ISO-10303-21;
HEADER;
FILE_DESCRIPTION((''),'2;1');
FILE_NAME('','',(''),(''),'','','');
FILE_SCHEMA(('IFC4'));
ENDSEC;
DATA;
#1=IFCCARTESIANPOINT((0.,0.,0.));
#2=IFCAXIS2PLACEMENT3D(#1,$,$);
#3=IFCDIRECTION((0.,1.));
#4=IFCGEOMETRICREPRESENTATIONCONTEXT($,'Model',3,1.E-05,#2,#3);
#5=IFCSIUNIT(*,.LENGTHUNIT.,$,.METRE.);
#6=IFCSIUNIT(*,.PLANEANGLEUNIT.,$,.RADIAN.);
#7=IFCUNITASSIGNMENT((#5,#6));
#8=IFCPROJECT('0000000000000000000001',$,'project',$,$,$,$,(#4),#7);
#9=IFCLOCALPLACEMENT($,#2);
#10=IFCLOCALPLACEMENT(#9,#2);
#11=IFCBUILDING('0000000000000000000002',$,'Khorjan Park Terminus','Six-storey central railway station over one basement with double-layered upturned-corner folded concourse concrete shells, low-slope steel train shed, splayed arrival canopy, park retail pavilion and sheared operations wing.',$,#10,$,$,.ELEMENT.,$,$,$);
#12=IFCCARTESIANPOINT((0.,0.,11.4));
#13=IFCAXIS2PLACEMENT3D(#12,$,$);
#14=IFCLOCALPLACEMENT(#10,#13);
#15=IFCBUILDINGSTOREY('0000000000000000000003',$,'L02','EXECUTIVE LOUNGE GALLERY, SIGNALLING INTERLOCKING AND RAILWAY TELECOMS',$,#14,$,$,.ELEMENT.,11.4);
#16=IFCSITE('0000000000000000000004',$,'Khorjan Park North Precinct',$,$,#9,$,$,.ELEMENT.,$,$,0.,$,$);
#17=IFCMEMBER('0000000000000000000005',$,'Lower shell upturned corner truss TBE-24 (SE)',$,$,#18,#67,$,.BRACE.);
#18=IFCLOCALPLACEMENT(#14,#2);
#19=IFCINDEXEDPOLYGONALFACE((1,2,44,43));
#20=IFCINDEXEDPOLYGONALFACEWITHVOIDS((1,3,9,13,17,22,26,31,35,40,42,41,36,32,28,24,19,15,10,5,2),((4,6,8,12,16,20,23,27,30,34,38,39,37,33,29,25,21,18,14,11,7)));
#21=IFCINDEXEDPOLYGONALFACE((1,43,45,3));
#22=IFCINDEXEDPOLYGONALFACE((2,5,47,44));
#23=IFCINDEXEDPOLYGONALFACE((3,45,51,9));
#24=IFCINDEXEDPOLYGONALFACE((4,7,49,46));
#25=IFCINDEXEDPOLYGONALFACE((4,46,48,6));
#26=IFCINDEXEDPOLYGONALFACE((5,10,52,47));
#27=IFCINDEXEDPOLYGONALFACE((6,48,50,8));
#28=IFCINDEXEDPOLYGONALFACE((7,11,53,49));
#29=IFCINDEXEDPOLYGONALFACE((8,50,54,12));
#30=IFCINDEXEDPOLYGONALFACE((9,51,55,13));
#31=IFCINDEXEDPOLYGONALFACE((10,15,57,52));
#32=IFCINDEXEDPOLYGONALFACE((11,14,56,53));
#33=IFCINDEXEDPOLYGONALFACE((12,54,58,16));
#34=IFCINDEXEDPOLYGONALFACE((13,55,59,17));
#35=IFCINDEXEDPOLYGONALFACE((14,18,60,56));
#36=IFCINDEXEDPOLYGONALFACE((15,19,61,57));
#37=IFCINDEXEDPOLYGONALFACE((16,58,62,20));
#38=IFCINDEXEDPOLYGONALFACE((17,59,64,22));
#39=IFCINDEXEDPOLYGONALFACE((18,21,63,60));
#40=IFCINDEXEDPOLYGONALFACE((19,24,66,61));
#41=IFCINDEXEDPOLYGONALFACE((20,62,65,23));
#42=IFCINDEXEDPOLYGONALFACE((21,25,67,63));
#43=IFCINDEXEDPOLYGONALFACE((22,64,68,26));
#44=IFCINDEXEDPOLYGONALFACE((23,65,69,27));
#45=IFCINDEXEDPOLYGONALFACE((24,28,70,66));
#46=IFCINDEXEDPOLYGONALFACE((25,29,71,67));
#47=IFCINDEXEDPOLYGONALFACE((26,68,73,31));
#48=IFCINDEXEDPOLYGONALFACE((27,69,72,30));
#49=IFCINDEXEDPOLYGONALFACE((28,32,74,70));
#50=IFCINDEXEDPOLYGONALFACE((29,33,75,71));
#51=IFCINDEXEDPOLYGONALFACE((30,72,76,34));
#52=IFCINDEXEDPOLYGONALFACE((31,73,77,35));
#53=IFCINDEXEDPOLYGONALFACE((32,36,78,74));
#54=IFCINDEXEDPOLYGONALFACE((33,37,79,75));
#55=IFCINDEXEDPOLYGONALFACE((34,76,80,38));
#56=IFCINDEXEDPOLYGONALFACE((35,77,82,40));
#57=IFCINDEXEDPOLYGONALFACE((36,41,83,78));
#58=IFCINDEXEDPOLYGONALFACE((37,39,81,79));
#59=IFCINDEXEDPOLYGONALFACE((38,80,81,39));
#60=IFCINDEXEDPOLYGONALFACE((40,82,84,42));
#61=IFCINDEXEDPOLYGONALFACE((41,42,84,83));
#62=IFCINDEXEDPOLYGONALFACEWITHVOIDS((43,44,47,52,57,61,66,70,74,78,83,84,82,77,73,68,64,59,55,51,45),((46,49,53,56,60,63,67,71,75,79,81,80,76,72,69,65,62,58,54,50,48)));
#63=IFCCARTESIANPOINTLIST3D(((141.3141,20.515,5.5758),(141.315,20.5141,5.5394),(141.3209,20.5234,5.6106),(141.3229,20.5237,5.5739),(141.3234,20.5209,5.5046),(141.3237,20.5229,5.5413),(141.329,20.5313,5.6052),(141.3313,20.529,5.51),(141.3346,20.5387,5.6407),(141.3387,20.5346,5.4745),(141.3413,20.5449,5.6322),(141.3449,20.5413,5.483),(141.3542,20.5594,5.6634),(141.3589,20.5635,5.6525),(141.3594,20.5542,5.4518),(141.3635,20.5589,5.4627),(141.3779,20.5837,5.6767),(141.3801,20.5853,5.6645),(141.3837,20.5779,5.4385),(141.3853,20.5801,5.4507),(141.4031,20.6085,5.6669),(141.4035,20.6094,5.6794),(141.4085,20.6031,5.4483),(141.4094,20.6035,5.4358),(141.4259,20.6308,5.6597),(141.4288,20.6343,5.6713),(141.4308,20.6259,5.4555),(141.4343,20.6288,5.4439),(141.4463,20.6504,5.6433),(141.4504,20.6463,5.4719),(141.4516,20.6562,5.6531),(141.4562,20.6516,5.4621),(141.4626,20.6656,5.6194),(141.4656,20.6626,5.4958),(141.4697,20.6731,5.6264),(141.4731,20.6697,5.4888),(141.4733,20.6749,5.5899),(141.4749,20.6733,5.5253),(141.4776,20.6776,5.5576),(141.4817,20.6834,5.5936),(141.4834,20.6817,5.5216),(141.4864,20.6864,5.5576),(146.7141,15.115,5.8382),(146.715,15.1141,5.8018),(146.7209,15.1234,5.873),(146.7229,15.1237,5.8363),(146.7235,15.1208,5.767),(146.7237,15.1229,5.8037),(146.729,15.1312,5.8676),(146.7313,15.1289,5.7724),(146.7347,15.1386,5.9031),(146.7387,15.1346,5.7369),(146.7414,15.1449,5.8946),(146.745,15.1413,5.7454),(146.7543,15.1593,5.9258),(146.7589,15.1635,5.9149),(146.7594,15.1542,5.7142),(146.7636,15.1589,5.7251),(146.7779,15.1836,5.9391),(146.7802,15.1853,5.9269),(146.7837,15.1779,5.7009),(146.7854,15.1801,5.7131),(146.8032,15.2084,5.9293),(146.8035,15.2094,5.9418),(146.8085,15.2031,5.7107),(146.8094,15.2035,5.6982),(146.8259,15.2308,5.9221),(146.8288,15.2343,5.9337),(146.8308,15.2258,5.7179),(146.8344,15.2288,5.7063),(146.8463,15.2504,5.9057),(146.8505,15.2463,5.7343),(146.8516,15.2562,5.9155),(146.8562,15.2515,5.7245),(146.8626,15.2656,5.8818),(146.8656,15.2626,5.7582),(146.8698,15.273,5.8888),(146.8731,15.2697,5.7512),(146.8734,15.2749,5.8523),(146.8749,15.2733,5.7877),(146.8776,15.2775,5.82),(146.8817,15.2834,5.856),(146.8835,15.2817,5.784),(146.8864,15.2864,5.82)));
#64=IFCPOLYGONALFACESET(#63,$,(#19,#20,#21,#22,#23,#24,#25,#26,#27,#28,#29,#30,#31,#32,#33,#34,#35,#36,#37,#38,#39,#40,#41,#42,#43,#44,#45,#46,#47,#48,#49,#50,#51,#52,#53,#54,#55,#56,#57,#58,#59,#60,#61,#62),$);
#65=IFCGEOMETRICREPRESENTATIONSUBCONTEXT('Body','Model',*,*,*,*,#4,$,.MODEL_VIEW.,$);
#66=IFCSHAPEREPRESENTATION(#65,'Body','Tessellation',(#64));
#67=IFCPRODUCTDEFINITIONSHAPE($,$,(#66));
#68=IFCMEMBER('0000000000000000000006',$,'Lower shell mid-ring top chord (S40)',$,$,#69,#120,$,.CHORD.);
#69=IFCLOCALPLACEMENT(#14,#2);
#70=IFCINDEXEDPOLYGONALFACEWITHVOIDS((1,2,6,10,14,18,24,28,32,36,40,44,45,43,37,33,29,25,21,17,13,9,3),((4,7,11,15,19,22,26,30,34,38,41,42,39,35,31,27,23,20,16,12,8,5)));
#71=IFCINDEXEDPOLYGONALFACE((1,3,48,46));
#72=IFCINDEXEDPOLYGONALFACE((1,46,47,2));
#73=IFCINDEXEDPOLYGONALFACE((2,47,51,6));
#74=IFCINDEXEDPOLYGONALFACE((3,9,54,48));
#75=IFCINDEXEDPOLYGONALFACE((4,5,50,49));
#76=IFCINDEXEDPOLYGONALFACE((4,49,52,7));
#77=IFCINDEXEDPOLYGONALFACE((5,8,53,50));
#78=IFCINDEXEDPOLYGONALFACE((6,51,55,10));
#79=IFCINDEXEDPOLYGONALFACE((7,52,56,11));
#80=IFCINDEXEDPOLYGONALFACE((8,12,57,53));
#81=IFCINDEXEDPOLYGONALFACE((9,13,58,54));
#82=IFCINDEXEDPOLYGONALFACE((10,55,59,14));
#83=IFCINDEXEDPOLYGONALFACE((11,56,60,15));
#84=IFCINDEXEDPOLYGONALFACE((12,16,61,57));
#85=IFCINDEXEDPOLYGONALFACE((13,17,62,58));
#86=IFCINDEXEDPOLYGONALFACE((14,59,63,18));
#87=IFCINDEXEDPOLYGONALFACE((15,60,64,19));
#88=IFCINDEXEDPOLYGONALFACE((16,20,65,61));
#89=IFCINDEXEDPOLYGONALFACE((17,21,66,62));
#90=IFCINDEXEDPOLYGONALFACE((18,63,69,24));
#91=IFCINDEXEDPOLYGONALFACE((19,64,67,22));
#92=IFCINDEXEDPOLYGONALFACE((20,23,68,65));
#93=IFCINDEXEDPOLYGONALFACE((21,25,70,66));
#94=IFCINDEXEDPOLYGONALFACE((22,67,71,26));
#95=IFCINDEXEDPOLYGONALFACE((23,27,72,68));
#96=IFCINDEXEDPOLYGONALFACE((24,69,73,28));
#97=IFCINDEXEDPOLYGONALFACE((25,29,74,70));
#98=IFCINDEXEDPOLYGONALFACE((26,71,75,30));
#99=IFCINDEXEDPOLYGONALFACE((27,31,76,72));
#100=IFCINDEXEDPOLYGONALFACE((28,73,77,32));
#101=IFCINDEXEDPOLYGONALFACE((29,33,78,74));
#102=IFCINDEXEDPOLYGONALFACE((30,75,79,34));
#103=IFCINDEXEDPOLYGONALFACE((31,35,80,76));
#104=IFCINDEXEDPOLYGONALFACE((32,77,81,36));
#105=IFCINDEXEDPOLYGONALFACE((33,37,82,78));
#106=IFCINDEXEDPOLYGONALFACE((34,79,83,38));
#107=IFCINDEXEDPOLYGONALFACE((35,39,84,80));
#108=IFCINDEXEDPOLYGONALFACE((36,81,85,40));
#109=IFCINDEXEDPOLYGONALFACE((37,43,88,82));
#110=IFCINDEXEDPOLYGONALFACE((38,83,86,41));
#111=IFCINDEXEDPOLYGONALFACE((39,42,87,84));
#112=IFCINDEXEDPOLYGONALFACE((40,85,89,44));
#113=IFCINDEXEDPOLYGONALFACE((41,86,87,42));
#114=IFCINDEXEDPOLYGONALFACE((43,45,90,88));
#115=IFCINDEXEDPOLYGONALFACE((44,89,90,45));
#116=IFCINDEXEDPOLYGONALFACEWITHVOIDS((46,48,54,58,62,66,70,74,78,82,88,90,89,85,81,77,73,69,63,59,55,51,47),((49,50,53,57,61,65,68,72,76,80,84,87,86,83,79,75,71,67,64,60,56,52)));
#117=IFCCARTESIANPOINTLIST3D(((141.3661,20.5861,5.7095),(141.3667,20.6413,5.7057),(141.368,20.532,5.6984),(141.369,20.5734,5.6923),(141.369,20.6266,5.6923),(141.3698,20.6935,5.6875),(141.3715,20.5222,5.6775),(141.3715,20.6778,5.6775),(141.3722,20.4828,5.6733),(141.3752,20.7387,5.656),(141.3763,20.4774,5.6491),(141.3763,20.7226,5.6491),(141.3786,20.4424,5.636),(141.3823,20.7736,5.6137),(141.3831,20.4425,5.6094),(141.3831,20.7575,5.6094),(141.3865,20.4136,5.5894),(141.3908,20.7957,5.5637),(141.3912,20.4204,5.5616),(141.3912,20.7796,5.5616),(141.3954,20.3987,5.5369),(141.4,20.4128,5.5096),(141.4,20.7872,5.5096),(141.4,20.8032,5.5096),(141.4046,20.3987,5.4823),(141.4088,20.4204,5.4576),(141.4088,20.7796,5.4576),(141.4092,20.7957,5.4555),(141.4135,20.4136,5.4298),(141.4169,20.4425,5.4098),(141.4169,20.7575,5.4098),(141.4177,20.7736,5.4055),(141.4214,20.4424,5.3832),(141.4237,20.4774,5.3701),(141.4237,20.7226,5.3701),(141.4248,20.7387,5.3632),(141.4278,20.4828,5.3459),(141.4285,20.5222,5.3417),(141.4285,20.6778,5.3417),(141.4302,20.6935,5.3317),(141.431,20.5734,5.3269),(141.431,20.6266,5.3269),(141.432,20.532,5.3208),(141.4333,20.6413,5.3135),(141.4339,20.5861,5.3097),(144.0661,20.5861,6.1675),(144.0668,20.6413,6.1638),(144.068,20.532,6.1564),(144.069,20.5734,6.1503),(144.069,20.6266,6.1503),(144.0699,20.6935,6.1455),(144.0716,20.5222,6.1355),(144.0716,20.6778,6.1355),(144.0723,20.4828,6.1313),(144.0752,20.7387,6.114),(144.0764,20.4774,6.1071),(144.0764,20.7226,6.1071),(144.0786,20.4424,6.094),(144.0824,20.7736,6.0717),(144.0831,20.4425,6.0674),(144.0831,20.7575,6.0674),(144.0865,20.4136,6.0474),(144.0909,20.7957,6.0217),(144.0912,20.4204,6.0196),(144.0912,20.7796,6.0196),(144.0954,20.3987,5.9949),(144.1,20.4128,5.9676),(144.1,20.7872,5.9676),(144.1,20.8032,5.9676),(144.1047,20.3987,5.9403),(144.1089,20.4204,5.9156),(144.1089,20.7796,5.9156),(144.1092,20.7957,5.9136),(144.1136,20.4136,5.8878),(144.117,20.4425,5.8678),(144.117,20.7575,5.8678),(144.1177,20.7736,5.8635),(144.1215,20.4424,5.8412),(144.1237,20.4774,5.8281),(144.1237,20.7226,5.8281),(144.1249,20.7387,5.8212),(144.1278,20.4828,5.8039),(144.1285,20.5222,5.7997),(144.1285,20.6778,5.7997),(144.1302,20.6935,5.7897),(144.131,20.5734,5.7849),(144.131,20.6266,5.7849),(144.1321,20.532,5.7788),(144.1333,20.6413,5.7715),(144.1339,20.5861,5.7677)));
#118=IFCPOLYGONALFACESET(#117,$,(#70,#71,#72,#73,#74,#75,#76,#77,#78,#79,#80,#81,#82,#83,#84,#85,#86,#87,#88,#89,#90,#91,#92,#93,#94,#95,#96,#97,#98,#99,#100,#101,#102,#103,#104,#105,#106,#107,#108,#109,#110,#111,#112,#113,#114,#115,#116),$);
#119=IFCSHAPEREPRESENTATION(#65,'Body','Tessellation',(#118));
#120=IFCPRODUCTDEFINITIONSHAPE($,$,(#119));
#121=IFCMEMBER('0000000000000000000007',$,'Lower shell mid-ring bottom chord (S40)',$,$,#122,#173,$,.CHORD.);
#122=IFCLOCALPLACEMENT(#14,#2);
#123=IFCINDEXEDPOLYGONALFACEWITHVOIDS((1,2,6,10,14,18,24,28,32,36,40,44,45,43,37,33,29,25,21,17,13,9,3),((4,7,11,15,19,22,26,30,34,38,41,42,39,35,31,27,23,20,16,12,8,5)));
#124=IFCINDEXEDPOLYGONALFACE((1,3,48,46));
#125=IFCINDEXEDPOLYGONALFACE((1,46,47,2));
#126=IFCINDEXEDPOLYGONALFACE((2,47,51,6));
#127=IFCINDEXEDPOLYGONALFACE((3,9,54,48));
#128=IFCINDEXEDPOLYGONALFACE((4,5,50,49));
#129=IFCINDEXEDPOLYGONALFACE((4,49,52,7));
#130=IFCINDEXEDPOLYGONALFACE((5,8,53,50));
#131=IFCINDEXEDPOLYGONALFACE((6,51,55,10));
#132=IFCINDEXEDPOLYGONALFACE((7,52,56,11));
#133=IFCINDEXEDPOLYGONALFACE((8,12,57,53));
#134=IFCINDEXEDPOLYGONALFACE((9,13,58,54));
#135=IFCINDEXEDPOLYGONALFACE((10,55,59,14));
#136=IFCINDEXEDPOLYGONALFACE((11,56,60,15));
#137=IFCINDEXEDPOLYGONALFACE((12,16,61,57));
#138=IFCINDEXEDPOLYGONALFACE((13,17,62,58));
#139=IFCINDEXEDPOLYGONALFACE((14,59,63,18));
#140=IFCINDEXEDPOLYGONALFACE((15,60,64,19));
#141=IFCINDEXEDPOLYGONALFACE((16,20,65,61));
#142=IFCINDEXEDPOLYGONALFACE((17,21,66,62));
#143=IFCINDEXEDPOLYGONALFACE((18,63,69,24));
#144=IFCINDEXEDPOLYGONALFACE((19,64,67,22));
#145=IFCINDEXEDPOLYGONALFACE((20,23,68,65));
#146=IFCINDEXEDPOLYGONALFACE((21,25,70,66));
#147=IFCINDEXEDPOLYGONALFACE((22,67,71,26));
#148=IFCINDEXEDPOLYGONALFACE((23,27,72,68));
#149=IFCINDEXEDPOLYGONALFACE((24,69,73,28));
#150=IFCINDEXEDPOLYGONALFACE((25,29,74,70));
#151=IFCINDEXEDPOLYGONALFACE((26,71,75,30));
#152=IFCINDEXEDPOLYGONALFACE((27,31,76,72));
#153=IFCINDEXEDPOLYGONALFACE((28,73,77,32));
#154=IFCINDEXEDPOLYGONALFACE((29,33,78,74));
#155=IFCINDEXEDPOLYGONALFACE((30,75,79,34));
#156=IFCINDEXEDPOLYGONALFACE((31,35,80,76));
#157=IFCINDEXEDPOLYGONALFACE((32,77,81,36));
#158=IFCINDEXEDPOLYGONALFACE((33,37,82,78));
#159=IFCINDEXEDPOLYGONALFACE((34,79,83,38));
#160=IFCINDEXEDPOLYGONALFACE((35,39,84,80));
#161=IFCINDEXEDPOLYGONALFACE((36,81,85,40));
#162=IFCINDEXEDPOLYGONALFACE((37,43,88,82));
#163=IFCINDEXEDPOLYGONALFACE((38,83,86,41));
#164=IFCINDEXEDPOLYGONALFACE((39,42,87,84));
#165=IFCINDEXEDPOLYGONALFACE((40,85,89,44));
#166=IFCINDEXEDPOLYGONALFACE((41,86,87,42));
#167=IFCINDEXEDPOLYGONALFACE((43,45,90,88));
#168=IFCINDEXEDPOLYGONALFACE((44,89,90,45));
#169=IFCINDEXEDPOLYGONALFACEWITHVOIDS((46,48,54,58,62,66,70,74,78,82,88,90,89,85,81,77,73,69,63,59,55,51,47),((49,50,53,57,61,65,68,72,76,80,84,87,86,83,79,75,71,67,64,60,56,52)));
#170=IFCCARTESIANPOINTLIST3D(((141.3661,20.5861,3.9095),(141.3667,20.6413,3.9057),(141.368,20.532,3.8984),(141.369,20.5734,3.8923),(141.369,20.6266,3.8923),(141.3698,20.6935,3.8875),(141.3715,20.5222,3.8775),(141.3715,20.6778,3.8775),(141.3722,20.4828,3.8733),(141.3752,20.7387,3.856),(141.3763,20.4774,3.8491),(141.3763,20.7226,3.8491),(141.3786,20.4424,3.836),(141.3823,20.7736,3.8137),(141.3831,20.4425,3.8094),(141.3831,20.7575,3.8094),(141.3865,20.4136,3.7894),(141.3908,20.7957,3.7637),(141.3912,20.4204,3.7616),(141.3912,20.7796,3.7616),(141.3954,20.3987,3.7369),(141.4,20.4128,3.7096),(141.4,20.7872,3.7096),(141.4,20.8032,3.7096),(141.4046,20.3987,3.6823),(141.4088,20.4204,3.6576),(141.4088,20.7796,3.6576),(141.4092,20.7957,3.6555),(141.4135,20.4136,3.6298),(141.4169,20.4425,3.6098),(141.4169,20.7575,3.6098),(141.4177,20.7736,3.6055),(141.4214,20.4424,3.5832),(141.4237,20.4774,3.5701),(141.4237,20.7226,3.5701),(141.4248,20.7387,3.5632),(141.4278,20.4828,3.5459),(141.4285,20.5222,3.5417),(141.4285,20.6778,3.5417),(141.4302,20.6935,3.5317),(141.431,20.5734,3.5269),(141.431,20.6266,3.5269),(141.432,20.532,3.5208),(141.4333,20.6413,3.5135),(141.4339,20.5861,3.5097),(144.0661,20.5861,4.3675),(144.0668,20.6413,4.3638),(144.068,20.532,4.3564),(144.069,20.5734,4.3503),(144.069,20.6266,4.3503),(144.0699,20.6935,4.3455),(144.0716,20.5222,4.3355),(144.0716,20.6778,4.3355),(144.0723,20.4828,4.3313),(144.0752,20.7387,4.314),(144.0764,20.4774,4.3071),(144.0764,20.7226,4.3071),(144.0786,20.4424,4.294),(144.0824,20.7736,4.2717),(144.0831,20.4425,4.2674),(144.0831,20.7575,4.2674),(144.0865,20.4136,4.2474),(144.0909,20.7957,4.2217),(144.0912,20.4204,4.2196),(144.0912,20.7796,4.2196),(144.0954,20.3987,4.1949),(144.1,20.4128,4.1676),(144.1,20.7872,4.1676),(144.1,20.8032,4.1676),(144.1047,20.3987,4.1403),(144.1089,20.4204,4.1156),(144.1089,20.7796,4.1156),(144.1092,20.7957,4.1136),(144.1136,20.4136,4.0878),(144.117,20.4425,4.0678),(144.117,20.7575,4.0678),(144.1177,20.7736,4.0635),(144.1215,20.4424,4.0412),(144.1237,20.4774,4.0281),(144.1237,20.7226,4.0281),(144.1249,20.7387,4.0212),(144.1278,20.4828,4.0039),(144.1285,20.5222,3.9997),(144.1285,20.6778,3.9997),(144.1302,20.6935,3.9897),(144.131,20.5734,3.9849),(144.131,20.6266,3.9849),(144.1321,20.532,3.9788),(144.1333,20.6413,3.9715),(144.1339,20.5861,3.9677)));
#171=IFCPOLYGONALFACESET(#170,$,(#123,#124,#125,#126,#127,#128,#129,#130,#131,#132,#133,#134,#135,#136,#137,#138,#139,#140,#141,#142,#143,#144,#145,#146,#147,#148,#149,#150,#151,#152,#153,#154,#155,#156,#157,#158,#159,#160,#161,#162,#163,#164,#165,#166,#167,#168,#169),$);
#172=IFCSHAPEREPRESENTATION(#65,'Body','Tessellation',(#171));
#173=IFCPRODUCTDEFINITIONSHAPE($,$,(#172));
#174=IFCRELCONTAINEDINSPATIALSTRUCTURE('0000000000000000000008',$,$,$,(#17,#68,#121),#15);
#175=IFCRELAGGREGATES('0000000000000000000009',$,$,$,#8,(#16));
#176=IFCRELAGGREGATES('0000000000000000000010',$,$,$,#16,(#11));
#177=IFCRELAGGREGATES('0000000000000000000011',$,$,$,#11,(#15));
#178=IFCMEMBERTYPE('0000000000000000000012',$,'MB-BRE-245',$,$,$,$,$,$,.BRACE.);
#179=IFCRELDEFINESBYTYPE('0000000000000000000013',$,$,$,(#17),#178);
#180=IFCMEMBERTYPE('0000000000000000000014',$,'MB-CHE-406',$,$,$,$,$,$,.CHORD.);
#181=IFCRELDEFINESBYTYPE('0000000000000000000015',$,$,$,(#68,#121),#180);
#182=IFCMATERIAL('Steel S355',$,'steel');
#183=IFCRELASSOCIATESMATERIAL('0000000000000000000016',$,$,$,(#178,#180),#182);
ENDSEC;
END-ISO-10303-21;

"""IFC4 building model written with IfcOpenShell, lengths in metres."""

from ifc_helpers import new_model, si_unit, direction, frame, origin, origin_2d, place, context, subcontext, project, spatial, hollow_circle, extrude, material, material_profile, profile_set, type_object, element, save


model = new_model("IFC4")

# Units and contexts
model_context = context("Model", 3, precision=1e-05, world=origin(), true_north=direction((0.0, 1.0)))
body_context = subcontext(model_context, "Body", "Model", "MODEL_VIEW")
ifc_project = project(units=[si_unit("LENGTHUNIT", "METRE"), si_unit("PLANEANGLEUNIT", "RADIAN")], contexts=[model_context])

# Site, building, storey
site_placement = place(None, origin())
site = spatial("IfcSite", under=ifc_project, at=site_placement, Name="Khorjan Park North Precinct", CompositionType="ELEMENT", RefElevation=0.0)
building_placement = place(site_placement, origin())
building = spatial("IfcBuilding", under=site, at=building_placement, Name="Khorjan Park Terminus", Description="Six-storey central railway station over one basement with double-layered upturned-corner folded concourse concrete shells, low-slope steel train shed, splayed arrival canopy, park retail pavilion and sheared operations wing.", CompositionType="ELEMENT")
storey_placement = place(building_placement, frame((0.0, 0.0, 11.4)))
storey = spatial("IfcBuildingStorey", under=building, at=storey_placement, Name="L02", Description="EXECUTIVE LOUNGE GALLERY, SIGNALLING INTERLOCKING AND RAILWAY TELECOMS", CompositionType="ELEMENT", Elevation=11.4)

# Members
ifc_material_1 = material(Name="Steel S355", Category="steel")
ifc_material_profile_1 = material_profile(ifc_material_1, hollow_circle(Radius=0.1222, WallThickness=0.0125, at=origin_2d()), Name="CHS 244.5x12.5")
ifc_profile_set_1 = profile_set([ifc_material_profile_1], Name="Steel S355")
member_type_1 = type_object("IfcMemberType", Name="MB-BRE-245", PredefinedType="BRACE", material=ifc_profile_set_1)
member_1_placement = place(storey_placement, frame((141.4, 20.6, 5.5576), z_axis=(0.70669, -0.70669, 0.03434), x_axis=(0.707107, 0.707107, 0.0)))
element("IfcMember", 1, at=member_1_placement, inside=storey, type_object=member_type_1, Name="Lower shell upturned corner truss TBE-24 (SE)", PredefinedType="BRACE", context=body_context, shape_type="SweptSolid", body=[
    extrude(hollow_circle(Radius=0.1222, WallThickness=0.0125, at=origin_2d()), origin(), (0.0, 0.0, 1.0), 7.6413),
])
ifc_material_profile_2 = material_profile(ifc_material_1, hollow_circle(Radius=0.2032, WallThickness=0.016, at=origin_2d()), Name="CHS 406.4x16")
ifc_profile_set_2 = profile_set([ifc_material_profile_2], Name="Steel S355")
member_type_2 = type_object("IfcMemberType", Name="MB-CHE-406", PredefinedType="CHORD", material=ifc_profile_set_2)
for number, where, z_axis, x_axis, name in (
    (2, (141.4, 20.6, 5.5096), (0.985916, 0.0, 0.167241), (0.0, 1.0, 0.0), "Lower shell mid-ring top chord (S40)"),
    (3, (141.4, 20.6, 3.7096), (0.985916, 0.0, 0.167241), (0.0, 1.0, 0.0), "Lower shell mid-ring bottom chord (S40)"),
):
    element("IfcMember", number, at=place(storey_placement, frame(where, z_axis=z_axis, x_axis=x_axis)), inside=storey, type_object=member_type_2, Name=name, PredefinedType="CHORD", context=body_context, shape_type="SweptSolid", body=[
        extrude(hollow_circle(Radius=0.2032, WallThickness=0.016, at=origin_2d()), origin(), (0.0, 0.0, 1.0), 2.7386),
    ])

save(model, "model.ifc")
